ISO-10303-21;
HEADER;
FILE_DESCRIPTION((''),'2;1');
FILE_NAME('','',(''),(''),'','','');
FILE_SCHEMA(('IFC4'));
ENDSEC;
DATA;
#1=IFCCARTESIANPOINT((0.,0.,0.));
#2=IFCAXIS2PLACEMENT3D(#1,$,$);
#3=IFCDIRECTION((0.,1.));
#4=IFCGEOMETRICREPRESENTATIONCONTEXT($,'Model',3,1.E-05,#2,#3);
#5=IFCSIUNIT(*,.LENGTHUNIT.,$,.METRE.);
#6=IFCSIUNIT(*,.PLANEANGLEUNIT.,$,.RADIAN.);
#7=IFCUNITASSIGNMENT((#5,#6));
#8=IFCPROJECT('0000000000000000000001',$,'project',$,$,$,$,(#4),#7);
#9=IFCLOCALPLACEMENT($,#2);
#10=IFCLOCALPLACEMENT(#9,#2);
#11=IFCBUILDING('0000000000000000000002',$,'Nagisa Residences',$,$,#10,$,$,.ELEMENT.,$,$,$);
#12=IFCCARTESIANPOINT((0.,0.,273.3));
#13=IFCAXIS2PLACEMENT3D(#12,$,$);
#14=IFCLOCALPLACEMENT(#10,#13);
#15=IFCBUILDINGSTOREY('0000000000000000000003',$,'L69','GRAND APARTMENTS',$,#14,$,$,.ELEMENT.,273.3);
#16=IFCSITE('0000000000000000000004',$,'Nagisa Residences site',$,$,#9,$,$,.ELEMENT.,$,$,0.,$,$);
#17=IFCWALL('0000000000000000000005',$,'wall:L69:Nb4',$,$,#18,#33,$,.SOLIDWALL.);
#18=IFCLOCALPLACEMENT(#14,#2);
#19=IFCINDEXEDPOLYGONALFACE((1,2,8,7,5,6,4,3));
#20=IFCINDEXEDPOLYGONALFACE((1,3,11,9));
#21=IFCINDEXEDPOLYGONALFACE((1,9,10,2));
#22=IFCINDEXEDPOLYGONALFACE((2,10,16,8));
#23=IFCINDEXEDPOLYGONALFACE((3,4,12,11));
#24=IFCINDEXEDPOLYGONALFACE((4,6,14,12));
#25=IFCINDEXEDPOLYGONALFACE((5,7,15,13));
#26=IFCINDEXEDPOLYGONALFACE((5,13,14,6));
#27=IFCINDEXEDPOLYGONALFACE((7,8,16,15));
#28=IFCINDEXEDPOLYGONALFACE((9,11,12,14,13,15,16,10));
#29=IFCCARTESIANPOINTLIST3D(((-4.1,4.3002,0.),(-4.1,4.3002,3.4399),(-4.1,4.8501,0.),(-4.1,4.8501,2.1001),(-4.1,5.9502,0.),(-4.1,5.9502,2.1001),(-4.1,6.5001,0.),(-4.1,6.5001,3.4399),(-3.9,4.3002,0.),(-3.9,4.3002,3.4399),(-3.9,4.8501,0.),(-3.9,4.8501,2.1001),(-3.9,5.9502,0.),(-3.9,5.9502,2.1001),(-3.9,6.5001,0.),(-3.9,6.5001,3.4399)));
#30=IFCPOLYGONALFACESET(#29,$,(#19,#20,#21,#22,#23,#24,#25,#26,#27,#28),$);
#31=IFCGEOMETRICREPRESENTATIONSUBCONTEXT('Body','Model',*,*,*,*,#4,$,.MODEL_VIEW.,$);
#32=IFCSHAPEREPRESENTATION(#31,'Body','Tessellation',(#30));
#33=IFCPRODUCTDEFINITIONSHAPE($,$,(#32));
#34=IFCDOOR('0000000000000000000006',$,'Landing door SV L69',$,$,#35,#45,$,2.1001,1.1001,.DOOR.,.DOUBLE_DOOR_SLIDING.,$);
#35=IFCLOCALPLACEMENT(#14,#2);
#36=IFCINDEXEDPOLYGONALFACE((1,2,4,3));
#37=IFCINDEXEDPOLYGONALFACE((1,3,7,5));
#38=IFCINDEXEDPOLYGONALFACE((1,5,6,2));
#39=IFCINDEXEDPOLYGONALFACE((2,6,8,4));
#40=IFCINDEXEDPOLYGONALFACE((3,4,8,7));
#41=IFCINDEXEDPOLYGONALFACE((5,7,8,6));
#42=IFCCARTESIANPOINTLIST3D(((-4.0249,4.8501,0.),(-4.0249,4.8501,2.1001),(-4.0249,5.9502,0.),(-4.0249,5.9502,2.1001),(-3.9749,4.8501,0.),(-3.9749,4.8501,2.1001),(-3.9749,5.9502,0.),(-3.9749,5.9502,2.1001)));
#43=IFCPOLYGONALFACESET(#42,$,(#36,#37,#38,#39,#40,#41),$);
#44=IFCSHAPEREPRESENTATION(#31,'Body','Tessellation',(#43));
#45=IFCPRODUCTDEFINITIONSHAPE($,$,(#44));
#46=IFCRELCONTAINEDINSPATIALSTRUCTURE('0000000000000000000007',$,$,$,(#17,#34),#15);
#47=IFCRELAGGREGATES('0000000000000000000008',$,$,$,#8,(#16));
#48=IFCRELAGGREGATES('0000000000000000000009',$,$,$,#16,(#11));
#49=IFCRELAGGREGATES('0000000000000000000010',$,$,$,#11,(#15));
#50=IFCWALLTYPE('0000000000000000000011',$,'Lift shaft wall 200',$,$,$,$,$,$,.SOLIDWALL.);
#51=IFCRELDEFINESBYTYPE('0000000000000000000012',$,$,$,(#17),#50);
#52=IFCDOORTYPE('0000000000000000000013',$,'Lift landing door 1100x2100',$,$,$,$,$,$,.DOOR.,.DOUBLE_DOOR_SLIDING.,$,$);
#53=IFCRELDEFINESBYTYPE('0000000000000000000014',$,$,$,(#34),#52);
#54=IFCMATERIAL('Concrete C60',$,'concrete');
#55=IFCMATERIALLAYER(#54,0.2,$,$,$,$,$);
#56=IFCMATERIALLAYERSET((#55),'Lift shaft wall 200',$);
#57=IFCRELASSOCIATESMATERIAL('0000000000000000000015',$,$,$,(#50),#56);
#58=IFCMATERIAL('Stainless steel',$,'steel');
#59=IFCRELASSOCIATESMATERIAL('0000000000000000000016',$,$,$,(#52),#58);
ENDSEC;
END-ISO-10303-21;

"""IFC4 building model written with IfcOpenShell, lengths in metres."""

from ifc_helpers import new_model, si_unit, direction, frame, frame_2d, origin, place, context, subcontext, project, spatial, rectangle, extrude, material, layer, layer_set, type_object, element, fill, save


model = new_model("IFC4")

# Units and contexts
model_context = context("Model", 3, precision=1e-05, world=origin(), true_north=direction((0.0, 1.0)))
body_context = subcontext(model_context, "Body", "Model", "MODEL_VIEW")
ifc_project = project(units=[si_unit("LENGTHUNIT", "METRE"), si_unit("PLANEANGLEUNIT", "RADIAN")], contexts=[model_context])

# Site, building, storey
site_placement = place(None, origin())
site = spatial("IfcSite", under=ifc_project, at=site_placement, Name="Nagisa Residences site", CompositionType="ELEMENT", RefElevation=0.0)
building_placement = place(site_placement, origin())
building = spatial("IfcBuilding", under=site, at=building_placement, Name="Nagisa Residences", CompositionType="ELEMENT")
storey_placement = place(building_placement, frame((0.0, 0.0, 273.3)))
storey = spatial("IfcBuildingStorey", under=building, at=storey_placement, Name="L69", Description="GRAND APARTMENTS", CompositionType="ELEMENT", Elevation=273.3)

# Wall, opening, door
ifc_material_1 = material(Name="Concrete C60", Category="concrete")
ifc_layer_1 = layer(ifc_material_1, 0.2)
ifc_layer_set_1 = layer_set([ifc_layer_1], Name="Lift shaft wall 200")
wall_type_1 = type_object("IfcWallType", Name="Lift shaft wall 200", PredefinedType="SOLIDWALL", material=ifc_layer_set_1)
wall_1_placement = place(storey_placement, frame((-4.0, 4.3, 0.0), z_axis=(0.0, 0.0, 1.0), x_axis=(0.0, 1.0, 0.0)))
wall_1 = element("IfcWall", 1, at=wall_1_placement, inside=storey, type_object=wall_type_1, Name="wall:L69:Nb4", PredefinedType="SOLIDWALL", context=body_context, shape_type="SweptSolid", body=[
    extrude(rectangle(XDim=2.2, YDim=0.2, at=frame_2d((1.1001, 0.0))), origin(), (0.0, 0.0, 1.0), 3.4399),
])
opening_1_placement = place(wall_1_placement, frame((0.55, 0.0, 0.0)))
opening_1 = element("IfcOpeningElement", 2, at=opening_1_placement, cuts=wall_1, PredefinedType="OPENING", context=body_context, shape_type="SweptSolid", body=[
    extrude(rectangle(XDim=1.1001, YDim=2.1001, at=frame_2d((0.55, 1.05))), frame((0.0, 0.1099, 0.0), z_axis=(0.0, -1.0, 0.0), x_axis=(1.0, 0.0, 0.0)), (0.0, 0.0, 1.0), 0.22),
])
ifc_material_2 = material(Name="Stainless steel", Category="steel")
door_type_1 = type_object("IfcDoorType", Name="Lift landing door 1100x2100", OperationType="DOUBLE_DOOR_SLIDING", PredefinedType="DOOR", material=ifc_material_2)
door_1_placement = place(opening_1_placement, origin())
door_1 = element("IfcDoor", 3, at=door_1_placement, inside=storey, type_object=door_type_1, Name="Landing door SV L69", OperationType="DOUBLE_DOOR_SLIDING", OverallHeight=2.1001, OverallWidth=1.1001, PredefinedType="DOOR", context=body_context, shape_type="SweptSolid", body=[
    extrude(rectangle(XDim=1.1001, YDim=2.1001, at=frame_2d((0.55, 1.05))), frame((0.0, 0.0249, 0.0), z_axis=(0.0, -1.0, 0.0), x_axis=(1.0, 0.0, 0.0)), (0.0, 0.0, 1.0), 0.05),
])
fill(opening_1, door_1)

save(model, "model.ifc")
